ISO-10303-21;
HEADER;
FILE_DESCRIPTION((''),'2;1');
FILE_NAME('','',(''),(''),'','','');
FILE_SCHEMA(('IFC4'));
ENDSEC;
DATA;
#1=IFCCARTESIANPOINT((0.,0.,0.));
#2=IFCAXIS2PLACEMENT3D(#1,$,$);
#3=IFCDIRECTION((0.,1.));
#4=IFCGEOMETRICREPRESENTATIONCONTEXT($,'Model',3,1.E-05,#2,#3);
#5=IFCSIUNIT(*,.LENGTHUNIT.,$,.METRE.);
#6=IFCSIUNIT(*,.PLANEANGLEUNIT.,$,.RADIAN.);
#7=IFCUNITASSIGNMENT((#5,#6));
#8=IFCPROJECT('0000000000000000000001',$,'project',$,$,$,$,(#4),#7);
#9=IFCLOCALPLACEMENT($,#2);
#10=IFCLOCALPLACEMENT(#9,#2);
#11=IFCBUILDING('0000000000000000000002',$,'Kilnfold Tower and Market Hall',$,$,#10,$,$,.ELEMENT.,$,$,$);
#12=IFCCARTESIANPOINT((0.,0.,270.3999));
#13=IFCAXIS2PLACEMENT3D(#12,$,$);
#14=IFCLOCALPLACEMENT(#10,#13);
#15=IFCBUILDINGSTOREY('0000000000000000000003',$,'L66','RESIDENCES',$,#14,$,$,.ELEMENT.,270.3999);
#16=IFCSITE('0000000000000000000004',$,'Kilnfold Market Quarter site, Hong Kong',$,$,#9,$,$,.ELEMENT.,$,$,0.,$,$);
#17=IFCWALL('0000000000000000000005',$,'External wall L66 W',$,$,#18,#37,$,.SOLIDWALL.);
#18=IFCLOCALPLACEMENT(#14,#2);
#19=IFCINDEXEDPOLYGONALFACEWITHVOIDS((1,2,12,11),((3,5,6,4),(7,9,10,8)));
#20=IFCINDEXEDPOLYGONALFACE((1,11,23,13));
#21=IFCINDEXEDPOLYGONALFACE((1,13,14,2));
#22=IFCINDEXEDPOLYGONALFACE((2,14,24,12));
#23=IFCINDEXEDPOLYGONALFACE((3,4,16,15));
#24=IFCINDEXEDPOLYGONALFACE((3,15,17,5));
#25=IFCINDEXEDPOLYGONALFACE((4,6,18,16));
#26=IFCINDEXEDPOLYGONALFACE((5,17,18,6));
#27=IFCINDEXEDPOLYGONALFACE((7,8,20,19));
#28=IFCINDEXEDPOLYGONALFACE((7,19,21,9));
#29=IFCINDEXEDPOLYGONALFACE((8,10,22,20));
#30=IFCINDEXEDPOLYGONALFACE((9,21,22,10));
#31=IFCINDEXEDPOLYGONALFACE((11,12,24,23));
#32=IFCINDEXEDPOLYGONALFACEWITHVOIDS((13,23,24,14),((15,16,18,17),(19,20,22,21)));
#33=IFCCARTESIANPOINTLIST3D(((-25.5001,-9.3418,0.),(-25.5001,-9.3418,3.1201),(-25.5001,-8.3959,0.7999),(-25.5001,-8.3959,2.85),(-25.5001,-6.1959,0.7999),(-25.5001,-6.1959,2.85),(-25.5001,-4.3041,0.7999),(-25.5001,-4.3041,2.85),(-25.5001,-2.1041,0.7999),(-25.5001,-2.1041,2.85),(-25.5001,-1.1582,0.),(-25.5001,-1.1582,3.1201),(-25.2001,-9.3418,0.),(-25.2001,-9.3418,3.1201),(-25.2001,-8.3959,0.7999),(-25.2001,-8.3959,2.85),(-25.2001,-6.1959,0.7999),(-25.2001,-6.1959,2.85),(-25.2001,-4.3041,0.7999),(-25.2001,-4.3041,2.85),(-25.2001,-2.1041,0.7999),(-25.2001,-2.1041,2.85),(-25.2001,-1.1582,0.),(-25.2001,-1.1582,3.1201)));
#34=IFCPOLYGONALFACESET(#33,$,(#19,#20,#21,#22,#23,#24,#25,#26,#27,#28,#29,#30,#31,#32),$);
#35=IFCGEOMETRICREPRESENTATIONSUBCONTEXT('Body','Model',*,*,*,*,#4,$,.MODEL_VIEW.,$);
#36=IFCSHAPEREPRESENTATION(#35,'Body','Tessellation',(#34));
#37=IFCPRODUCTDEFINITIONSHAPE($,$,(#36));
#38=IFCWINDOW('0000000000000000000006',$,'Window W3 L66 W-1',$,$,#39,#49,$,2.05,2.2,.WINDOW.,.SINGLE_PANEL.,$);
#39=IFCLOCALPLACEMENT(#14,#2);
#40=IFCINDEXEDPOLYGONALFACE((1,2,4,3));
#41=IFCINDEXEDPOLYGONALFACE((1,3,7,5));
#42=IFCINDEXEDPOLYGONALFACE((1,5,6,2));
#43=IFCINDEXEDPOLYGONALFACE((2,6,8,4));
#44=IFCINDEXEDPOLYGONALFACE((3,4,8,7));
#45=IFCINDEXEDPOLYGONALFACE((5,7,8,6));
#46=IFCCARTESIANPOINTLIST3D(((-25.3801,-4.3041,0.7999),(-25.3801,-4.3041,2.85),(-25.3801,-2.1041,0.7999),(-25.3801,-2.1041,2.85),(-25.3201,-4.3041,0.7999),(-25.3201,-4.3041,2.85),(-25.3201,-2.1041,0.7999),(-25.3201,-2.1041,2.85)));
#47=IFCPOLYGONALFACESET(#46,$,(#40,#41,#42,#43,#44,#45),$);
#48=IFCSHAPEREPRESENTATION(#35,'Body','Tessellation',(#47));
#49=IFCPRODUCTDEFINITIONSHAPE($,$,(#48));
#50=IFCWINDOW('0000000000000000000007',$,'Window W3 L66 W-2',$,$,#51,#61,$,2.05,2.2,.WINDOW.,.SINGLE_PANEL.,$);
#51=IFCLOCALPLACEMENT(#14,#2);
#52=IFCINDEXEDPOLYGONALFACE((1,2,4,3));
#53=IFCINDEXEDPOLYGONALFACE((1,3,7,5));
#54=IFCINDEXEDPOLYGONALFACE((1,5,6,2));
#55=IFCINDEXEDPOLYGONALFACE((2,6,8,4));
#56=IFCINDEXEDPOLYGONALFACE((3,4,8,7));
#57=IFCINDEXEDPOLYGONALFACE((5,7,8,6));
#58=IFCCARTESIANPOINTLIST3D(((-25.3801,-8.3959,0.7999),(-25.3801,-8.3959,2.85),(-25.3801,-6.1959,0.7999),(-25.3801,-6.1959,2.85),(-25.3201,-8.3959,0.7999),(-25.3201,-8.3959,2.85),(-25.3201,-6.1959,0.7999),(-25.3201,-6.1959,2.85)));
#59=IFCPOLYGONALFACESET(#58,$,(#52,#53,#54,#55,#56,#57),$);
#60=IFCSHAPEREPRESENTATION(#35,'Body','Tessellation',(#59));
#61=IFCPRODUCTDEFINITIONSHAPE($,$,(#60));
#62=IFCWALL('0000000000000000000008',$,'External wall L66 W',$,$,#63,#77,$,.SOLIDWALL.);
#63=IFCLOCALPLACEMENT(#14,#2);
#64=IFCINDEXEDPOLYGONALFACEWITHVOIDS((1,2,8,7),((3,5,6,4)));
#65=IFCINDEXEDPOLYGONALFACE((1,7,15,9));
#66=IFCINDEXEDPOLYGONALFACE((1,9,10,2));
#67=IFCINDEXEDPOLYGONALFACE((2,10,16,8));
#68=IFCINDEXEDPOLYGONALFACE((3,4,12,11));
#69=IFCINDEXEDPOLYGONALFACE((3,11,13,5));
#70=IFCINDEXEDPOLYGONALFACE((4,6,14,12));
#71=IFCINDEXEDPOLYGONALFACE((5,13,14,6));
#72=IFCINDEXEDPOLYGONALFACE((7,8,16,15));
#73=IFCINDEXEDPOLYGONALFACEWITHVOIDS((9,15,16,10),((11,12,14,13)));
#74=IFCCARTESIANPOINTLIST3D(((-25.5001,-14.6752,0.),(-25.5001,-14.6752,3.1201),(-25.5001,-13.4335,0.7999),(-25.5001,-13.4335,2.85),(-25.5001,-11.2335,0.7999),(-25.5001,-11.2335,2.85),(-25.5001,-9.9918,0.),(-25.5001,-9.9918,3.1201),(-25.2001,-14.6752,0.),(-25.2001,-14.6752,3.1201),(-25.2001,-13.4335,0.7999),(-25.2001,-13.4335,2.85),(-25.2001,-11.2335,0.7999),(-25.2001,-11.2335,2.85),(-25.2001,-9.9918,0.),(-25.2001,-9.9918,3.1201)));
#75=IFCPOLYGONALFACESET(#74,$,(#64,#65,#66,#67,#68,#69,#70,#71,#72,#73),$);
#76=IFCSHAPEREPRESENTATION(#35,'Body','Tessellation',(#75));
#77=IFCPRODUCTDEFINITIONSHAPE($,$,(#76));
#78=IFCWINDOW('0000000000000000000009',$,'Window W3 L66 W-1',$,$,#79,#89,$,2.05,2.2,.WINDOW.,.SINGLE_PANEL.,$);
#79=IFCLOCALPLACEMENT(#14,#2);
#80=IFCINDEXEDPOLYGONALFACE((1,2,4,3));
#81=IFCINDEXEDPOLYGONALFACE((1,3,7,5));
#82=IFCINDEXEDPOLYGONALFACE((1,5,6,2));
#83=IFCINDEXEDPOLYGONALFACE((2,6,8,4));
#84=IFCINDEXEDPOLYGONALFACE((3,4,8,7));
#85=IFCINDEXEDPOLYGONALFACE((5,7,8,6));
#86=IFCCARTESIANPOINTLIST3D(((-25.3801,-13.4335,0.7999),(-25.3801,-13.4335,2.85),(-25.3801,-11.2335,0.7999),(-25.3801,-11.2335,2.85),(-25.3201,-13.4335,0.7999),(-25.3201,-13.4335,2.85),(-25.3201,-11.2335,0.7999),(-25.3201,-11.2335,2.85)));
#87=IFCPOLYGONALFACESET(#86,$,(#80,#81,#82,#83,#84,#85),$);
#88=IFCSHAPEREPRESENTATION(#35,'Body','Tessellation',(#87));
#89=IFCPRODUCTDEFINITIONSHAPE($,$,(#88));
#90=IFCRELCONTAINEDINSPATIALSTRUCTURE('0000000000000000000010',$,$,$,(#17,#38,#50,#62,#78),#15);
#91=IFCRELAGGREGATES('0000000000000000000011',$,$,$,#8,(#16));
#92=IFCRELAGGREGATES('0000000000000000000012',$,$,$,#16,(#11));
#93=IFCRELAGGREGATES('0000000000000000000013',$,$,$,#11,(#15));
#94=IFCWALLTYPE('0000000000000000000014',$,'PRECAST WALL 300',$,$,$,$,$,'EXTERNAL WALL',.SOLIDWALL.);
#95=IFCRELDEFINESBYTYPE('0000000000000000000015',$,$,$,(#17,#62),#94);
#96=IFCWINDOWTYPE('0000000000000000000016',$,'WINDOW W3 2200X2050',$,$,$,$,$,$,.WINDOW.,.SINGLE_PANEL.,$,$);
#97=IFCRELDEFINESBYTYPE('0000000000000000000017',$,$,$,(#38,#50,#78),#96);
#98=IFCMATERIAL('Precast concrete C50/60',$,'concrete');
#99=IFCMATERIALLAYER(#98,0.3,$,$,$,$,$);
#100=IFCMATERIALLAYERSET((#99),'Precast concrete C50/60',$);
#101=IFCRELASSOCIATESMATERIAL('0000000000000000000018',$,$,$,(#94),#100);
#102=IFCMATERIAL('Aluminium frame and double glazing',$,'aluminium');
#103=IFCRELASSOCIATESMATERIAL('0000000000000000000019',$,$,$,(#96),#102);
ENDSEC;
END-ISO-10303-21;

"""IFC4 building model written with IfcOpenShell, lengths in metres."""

from ifc_helpers import new_model, si_unit, direction, frame, frame_2d, origin, place, context, subcontext, project, spatial, rectangle, extrude, source, transform, mapped, material, layer, layer_set, type_object, element, fill, save


model = new_model("IFC4")

# Units and contexts
model_context = context("Model", 3, precision=1e-05, world=origin(), true_north=direction((0.0, 1.0)))
body_context = subcontext(model_context, "Body", "Model", "MODEL_VIEW")
ifc_project = project(units=[si_unit("LENGTHUNIT", "METRE"), si_unit("PLANEANGLEUNIT", "RADIAN")], contexts=[model_context])

# Site, building, storey
site_placement = place(None, origin())
site = spatial("IfcSite", under=ifc_project, at=site_placement, Name="Kilnfold Market Quarter site, Hong Kong", CompositionType="ELEMENT", RefElevation=0.0)
building_placement = place(site_placement, origin())
building = spatial("IfcBuilding", under=site, at=building_placement, Name="Kilnfold Tower and Market Hall", CompositionType="ELEMENT")
storey_placement = place(building_placement, frame((0.0, 0.0, 270.3999)))
storey = spatial("IfcBuildingStorey", under=building, at=storey_placement, Name="L66", Description="RESIDENCES", CompositionType="ELEMENT", Elevation=270.3999)

# Wall, openings, windows
ifc_material_1 = material(Name="Precast concrete C50/60", Category="concrete")
ifc_layer_1 = layer(ifc_material_1, 0.3)
ifc_layer_set_1 = layer_set([ifc_layer_1], Name="Precast concrete C50/60")
wall_type_1 = type_object("IfcWallType", Name="PRECAST WALL 300", ElementType="EXTERNAL WALL", PredefinedType="SOLIDWALL", material=ifc_layer_set_1)
shared_shape_1 = source(origin(), body_context, "Body", "SweptSolid", [
    extrude(rectangle(XDim=8.1836, YDim=0.3, at=frame_2d((4.0918, 0.0))), origin(), (0.0, 0.0, 1.0), 3.1201),
])
wall_1_placement = place(storey_placement, frame((-25.3501, -1.1582, 0.0), z_axis=(0.0, 0.0, 1.0), x_axis=(0.0, -1.0, 0.0)))
wall_1 = element("IfcWall", 1, at=wall_1_placement, inside=storey, type_object=wall_type_1, Name="External wall L66 W", PredefinedType="SOLIDWALL", context=body_context, shape_type="MappedRepresentation", body=[
    mapped(shared_shape_1, transform((0.0, 0.0, 0.0))),
])
opening_1_placement = place(wall_1_placement, frame((0.9458, 0.0, 0.8)))
opening_1 = element("IfcOpeningElement", 2, at=opening_1_placement, cuts=wall_1, PredefinedType="OPENING", context=body_context, shape_type="SweptSolid", body=[
    extrude(rectangle(XDim=2.2, YDim=2.05, at=frame_2d((1.1001, 1.0249))), frame((0.0, 0.1602, 0.0), z_axis=(0.0, -1.0, 0.0), x_axis=(1.0, 0.0, 0.0)), (0.0, 0.0, 1.0), 0.3201),
])
opening_2_placement = place(wall_1_placement, frame((5.0376, 0.0, 0.8)))
opening_2 = element("IfcOpeningElement", 3, at=opening_2_placement, cuts=wall_1, PredefinedType="OPENING", context=body_context, shape_type="SweptSolid", body=[
    extrude(rectangle(XDim=2.2, YDim=2.05, at=frame_2d((1.1001, 1.0249))), frame((0.0, 0.1602, 0.0), z_axis=(0.0, -1.0, 0.0), x_axis=(1.0, 0.0, 0.0)), (0.0, 0.0, 1.0), 0.3201),
])
ifc_material_2 = material(Name="Aluminium frame and double glazing", Category="aluminium")
window_type = type_object("IfcWindowType", Name="WINDOW W3 2200X2050", PartitioningType="SINGLE_PANEL", PredefinedType="WINDOW", material=ifc_material_2)
window_1_placement = place(opening_1_placement, origin())
window_1 = element("IfcWindow", 4, at=window_1_placement, inside=storey, type_object=window_type, Name="Window W3 L66 W-1", OverallHeight=2.05, OverallWidth=2.2, PartitioningType="SINGLE_PANEL", PredefinedType="WINDOW", context=body_context, shape_type="SweptSolid", body=[
    extrude(rectangle(XDim=2.2, YDim=2.05, at=frame_2d((1.1001, 1.0249))), frame((0.0, 0.03, 0.0), z_axis=(0.0, -1.0, 0.0), x_axis=(1.0, 0.0, 0.0)), (0.0, 0.0, 1.0), 0.0601),
])
fill(opening_1, window_1)
window_2_placement = place(opening_2_placement, origin())
window_2 = element("IfcWindow", 5, at=window_2_placement, inside=storey, type_object=window_type, Name="Window W3 L66 W-2", OverallHeight=2.05, OverallWidth=2.2, PartitioningType="SINGLE_PANEL", PredefinedType="WINDOW", context=body_context, shape_type="SweptSolid", body=[
    extrude(rectangle(XDim=2.2, YDim=2.05, at=frame_2d((1.1001, 1.0249))), frame((0.0, 0.03, 0.0), z_axis=(0.0, -1.0, 0.0), x_axis=(1.0, 0.0, 0.0)), (0.0, 0.0, 1.0), 0.0601),
])
fill(opening_2, window_2)

# Wall, opening, window
shared_shape_2 = source(origin(), body_context, "Body", "SweptSolid", [
    extrude(rectangle(XDim=4.6833, YDim=0.3, at=frame_2d((2.3418, 0.0))), origin(), (0.0, 0.0, 1.0), 3.1201),
])
wall_2_placement = place(storey_placement, frame((-25.3501, -9.9917, 0.0), z_axis=(0.0, 0.0, 1.0), x_axis=(0.0, -1.0, 0.0)))
wall_2 = element("IfcWall", 6, at=wall_2_placement, inside=storey, type_object=wall_type_1, Name="External wall L66 W", PredefinedType="SOLIDWALL", context=body_context, shape_type="MappedRepresentation", body=[
    mapped(shared_shape_2, transform((0.0, 0.0, 0.0))),
])
opening_3_placement = place(wall_2_placement, frame((1.2417, 0.0, 0.8)))
opening_3 = element("IfcOpeningElement", 7, at=opening_3_placement, cuts=wall_2, PredefinedType="OPENING", context=body_context, shape_type="SweptSolid", body=[
    extrude(rectangle(XDim=2.2, YDim=2.05, at=frame_2d((1.1001, 1.0249))), frame((0.0, 0.1602, 0.0), z_axis=(0.0, -1.0, 0.0), x_axis=(1.0, 0.0, 0.0)), (0.0, 0.0, 1.0), 0.3201),
])
window_3_placement = place(opening_3_placement, origin())
window_3 = element("IfcWindow", 8, at=window_3_placement, inside=storey, type_object=window_type, Name="Window W3 L66 W-1", OverallHeight=2.05, OverallWidth=2.2, PartitioningType="SINGLE_PANEL", PredefinedType="WINDOW", context=body_context, shape_type="SweptSolid", body=[
    extrude(rectangle(XDim=2.2, YDim=2.05, at=frame_2d((1.1001, 1.0249))), frame((0.0, 0.03, 0.0), z_axis=(0.0, -1.0, 0.0), x_axis=(1.0, 0.0, 0.0)), (0.0, 0.0, 1.0), 0.0601),
])
fill(opening_3, window_3)

save(model, "model.ifc")
